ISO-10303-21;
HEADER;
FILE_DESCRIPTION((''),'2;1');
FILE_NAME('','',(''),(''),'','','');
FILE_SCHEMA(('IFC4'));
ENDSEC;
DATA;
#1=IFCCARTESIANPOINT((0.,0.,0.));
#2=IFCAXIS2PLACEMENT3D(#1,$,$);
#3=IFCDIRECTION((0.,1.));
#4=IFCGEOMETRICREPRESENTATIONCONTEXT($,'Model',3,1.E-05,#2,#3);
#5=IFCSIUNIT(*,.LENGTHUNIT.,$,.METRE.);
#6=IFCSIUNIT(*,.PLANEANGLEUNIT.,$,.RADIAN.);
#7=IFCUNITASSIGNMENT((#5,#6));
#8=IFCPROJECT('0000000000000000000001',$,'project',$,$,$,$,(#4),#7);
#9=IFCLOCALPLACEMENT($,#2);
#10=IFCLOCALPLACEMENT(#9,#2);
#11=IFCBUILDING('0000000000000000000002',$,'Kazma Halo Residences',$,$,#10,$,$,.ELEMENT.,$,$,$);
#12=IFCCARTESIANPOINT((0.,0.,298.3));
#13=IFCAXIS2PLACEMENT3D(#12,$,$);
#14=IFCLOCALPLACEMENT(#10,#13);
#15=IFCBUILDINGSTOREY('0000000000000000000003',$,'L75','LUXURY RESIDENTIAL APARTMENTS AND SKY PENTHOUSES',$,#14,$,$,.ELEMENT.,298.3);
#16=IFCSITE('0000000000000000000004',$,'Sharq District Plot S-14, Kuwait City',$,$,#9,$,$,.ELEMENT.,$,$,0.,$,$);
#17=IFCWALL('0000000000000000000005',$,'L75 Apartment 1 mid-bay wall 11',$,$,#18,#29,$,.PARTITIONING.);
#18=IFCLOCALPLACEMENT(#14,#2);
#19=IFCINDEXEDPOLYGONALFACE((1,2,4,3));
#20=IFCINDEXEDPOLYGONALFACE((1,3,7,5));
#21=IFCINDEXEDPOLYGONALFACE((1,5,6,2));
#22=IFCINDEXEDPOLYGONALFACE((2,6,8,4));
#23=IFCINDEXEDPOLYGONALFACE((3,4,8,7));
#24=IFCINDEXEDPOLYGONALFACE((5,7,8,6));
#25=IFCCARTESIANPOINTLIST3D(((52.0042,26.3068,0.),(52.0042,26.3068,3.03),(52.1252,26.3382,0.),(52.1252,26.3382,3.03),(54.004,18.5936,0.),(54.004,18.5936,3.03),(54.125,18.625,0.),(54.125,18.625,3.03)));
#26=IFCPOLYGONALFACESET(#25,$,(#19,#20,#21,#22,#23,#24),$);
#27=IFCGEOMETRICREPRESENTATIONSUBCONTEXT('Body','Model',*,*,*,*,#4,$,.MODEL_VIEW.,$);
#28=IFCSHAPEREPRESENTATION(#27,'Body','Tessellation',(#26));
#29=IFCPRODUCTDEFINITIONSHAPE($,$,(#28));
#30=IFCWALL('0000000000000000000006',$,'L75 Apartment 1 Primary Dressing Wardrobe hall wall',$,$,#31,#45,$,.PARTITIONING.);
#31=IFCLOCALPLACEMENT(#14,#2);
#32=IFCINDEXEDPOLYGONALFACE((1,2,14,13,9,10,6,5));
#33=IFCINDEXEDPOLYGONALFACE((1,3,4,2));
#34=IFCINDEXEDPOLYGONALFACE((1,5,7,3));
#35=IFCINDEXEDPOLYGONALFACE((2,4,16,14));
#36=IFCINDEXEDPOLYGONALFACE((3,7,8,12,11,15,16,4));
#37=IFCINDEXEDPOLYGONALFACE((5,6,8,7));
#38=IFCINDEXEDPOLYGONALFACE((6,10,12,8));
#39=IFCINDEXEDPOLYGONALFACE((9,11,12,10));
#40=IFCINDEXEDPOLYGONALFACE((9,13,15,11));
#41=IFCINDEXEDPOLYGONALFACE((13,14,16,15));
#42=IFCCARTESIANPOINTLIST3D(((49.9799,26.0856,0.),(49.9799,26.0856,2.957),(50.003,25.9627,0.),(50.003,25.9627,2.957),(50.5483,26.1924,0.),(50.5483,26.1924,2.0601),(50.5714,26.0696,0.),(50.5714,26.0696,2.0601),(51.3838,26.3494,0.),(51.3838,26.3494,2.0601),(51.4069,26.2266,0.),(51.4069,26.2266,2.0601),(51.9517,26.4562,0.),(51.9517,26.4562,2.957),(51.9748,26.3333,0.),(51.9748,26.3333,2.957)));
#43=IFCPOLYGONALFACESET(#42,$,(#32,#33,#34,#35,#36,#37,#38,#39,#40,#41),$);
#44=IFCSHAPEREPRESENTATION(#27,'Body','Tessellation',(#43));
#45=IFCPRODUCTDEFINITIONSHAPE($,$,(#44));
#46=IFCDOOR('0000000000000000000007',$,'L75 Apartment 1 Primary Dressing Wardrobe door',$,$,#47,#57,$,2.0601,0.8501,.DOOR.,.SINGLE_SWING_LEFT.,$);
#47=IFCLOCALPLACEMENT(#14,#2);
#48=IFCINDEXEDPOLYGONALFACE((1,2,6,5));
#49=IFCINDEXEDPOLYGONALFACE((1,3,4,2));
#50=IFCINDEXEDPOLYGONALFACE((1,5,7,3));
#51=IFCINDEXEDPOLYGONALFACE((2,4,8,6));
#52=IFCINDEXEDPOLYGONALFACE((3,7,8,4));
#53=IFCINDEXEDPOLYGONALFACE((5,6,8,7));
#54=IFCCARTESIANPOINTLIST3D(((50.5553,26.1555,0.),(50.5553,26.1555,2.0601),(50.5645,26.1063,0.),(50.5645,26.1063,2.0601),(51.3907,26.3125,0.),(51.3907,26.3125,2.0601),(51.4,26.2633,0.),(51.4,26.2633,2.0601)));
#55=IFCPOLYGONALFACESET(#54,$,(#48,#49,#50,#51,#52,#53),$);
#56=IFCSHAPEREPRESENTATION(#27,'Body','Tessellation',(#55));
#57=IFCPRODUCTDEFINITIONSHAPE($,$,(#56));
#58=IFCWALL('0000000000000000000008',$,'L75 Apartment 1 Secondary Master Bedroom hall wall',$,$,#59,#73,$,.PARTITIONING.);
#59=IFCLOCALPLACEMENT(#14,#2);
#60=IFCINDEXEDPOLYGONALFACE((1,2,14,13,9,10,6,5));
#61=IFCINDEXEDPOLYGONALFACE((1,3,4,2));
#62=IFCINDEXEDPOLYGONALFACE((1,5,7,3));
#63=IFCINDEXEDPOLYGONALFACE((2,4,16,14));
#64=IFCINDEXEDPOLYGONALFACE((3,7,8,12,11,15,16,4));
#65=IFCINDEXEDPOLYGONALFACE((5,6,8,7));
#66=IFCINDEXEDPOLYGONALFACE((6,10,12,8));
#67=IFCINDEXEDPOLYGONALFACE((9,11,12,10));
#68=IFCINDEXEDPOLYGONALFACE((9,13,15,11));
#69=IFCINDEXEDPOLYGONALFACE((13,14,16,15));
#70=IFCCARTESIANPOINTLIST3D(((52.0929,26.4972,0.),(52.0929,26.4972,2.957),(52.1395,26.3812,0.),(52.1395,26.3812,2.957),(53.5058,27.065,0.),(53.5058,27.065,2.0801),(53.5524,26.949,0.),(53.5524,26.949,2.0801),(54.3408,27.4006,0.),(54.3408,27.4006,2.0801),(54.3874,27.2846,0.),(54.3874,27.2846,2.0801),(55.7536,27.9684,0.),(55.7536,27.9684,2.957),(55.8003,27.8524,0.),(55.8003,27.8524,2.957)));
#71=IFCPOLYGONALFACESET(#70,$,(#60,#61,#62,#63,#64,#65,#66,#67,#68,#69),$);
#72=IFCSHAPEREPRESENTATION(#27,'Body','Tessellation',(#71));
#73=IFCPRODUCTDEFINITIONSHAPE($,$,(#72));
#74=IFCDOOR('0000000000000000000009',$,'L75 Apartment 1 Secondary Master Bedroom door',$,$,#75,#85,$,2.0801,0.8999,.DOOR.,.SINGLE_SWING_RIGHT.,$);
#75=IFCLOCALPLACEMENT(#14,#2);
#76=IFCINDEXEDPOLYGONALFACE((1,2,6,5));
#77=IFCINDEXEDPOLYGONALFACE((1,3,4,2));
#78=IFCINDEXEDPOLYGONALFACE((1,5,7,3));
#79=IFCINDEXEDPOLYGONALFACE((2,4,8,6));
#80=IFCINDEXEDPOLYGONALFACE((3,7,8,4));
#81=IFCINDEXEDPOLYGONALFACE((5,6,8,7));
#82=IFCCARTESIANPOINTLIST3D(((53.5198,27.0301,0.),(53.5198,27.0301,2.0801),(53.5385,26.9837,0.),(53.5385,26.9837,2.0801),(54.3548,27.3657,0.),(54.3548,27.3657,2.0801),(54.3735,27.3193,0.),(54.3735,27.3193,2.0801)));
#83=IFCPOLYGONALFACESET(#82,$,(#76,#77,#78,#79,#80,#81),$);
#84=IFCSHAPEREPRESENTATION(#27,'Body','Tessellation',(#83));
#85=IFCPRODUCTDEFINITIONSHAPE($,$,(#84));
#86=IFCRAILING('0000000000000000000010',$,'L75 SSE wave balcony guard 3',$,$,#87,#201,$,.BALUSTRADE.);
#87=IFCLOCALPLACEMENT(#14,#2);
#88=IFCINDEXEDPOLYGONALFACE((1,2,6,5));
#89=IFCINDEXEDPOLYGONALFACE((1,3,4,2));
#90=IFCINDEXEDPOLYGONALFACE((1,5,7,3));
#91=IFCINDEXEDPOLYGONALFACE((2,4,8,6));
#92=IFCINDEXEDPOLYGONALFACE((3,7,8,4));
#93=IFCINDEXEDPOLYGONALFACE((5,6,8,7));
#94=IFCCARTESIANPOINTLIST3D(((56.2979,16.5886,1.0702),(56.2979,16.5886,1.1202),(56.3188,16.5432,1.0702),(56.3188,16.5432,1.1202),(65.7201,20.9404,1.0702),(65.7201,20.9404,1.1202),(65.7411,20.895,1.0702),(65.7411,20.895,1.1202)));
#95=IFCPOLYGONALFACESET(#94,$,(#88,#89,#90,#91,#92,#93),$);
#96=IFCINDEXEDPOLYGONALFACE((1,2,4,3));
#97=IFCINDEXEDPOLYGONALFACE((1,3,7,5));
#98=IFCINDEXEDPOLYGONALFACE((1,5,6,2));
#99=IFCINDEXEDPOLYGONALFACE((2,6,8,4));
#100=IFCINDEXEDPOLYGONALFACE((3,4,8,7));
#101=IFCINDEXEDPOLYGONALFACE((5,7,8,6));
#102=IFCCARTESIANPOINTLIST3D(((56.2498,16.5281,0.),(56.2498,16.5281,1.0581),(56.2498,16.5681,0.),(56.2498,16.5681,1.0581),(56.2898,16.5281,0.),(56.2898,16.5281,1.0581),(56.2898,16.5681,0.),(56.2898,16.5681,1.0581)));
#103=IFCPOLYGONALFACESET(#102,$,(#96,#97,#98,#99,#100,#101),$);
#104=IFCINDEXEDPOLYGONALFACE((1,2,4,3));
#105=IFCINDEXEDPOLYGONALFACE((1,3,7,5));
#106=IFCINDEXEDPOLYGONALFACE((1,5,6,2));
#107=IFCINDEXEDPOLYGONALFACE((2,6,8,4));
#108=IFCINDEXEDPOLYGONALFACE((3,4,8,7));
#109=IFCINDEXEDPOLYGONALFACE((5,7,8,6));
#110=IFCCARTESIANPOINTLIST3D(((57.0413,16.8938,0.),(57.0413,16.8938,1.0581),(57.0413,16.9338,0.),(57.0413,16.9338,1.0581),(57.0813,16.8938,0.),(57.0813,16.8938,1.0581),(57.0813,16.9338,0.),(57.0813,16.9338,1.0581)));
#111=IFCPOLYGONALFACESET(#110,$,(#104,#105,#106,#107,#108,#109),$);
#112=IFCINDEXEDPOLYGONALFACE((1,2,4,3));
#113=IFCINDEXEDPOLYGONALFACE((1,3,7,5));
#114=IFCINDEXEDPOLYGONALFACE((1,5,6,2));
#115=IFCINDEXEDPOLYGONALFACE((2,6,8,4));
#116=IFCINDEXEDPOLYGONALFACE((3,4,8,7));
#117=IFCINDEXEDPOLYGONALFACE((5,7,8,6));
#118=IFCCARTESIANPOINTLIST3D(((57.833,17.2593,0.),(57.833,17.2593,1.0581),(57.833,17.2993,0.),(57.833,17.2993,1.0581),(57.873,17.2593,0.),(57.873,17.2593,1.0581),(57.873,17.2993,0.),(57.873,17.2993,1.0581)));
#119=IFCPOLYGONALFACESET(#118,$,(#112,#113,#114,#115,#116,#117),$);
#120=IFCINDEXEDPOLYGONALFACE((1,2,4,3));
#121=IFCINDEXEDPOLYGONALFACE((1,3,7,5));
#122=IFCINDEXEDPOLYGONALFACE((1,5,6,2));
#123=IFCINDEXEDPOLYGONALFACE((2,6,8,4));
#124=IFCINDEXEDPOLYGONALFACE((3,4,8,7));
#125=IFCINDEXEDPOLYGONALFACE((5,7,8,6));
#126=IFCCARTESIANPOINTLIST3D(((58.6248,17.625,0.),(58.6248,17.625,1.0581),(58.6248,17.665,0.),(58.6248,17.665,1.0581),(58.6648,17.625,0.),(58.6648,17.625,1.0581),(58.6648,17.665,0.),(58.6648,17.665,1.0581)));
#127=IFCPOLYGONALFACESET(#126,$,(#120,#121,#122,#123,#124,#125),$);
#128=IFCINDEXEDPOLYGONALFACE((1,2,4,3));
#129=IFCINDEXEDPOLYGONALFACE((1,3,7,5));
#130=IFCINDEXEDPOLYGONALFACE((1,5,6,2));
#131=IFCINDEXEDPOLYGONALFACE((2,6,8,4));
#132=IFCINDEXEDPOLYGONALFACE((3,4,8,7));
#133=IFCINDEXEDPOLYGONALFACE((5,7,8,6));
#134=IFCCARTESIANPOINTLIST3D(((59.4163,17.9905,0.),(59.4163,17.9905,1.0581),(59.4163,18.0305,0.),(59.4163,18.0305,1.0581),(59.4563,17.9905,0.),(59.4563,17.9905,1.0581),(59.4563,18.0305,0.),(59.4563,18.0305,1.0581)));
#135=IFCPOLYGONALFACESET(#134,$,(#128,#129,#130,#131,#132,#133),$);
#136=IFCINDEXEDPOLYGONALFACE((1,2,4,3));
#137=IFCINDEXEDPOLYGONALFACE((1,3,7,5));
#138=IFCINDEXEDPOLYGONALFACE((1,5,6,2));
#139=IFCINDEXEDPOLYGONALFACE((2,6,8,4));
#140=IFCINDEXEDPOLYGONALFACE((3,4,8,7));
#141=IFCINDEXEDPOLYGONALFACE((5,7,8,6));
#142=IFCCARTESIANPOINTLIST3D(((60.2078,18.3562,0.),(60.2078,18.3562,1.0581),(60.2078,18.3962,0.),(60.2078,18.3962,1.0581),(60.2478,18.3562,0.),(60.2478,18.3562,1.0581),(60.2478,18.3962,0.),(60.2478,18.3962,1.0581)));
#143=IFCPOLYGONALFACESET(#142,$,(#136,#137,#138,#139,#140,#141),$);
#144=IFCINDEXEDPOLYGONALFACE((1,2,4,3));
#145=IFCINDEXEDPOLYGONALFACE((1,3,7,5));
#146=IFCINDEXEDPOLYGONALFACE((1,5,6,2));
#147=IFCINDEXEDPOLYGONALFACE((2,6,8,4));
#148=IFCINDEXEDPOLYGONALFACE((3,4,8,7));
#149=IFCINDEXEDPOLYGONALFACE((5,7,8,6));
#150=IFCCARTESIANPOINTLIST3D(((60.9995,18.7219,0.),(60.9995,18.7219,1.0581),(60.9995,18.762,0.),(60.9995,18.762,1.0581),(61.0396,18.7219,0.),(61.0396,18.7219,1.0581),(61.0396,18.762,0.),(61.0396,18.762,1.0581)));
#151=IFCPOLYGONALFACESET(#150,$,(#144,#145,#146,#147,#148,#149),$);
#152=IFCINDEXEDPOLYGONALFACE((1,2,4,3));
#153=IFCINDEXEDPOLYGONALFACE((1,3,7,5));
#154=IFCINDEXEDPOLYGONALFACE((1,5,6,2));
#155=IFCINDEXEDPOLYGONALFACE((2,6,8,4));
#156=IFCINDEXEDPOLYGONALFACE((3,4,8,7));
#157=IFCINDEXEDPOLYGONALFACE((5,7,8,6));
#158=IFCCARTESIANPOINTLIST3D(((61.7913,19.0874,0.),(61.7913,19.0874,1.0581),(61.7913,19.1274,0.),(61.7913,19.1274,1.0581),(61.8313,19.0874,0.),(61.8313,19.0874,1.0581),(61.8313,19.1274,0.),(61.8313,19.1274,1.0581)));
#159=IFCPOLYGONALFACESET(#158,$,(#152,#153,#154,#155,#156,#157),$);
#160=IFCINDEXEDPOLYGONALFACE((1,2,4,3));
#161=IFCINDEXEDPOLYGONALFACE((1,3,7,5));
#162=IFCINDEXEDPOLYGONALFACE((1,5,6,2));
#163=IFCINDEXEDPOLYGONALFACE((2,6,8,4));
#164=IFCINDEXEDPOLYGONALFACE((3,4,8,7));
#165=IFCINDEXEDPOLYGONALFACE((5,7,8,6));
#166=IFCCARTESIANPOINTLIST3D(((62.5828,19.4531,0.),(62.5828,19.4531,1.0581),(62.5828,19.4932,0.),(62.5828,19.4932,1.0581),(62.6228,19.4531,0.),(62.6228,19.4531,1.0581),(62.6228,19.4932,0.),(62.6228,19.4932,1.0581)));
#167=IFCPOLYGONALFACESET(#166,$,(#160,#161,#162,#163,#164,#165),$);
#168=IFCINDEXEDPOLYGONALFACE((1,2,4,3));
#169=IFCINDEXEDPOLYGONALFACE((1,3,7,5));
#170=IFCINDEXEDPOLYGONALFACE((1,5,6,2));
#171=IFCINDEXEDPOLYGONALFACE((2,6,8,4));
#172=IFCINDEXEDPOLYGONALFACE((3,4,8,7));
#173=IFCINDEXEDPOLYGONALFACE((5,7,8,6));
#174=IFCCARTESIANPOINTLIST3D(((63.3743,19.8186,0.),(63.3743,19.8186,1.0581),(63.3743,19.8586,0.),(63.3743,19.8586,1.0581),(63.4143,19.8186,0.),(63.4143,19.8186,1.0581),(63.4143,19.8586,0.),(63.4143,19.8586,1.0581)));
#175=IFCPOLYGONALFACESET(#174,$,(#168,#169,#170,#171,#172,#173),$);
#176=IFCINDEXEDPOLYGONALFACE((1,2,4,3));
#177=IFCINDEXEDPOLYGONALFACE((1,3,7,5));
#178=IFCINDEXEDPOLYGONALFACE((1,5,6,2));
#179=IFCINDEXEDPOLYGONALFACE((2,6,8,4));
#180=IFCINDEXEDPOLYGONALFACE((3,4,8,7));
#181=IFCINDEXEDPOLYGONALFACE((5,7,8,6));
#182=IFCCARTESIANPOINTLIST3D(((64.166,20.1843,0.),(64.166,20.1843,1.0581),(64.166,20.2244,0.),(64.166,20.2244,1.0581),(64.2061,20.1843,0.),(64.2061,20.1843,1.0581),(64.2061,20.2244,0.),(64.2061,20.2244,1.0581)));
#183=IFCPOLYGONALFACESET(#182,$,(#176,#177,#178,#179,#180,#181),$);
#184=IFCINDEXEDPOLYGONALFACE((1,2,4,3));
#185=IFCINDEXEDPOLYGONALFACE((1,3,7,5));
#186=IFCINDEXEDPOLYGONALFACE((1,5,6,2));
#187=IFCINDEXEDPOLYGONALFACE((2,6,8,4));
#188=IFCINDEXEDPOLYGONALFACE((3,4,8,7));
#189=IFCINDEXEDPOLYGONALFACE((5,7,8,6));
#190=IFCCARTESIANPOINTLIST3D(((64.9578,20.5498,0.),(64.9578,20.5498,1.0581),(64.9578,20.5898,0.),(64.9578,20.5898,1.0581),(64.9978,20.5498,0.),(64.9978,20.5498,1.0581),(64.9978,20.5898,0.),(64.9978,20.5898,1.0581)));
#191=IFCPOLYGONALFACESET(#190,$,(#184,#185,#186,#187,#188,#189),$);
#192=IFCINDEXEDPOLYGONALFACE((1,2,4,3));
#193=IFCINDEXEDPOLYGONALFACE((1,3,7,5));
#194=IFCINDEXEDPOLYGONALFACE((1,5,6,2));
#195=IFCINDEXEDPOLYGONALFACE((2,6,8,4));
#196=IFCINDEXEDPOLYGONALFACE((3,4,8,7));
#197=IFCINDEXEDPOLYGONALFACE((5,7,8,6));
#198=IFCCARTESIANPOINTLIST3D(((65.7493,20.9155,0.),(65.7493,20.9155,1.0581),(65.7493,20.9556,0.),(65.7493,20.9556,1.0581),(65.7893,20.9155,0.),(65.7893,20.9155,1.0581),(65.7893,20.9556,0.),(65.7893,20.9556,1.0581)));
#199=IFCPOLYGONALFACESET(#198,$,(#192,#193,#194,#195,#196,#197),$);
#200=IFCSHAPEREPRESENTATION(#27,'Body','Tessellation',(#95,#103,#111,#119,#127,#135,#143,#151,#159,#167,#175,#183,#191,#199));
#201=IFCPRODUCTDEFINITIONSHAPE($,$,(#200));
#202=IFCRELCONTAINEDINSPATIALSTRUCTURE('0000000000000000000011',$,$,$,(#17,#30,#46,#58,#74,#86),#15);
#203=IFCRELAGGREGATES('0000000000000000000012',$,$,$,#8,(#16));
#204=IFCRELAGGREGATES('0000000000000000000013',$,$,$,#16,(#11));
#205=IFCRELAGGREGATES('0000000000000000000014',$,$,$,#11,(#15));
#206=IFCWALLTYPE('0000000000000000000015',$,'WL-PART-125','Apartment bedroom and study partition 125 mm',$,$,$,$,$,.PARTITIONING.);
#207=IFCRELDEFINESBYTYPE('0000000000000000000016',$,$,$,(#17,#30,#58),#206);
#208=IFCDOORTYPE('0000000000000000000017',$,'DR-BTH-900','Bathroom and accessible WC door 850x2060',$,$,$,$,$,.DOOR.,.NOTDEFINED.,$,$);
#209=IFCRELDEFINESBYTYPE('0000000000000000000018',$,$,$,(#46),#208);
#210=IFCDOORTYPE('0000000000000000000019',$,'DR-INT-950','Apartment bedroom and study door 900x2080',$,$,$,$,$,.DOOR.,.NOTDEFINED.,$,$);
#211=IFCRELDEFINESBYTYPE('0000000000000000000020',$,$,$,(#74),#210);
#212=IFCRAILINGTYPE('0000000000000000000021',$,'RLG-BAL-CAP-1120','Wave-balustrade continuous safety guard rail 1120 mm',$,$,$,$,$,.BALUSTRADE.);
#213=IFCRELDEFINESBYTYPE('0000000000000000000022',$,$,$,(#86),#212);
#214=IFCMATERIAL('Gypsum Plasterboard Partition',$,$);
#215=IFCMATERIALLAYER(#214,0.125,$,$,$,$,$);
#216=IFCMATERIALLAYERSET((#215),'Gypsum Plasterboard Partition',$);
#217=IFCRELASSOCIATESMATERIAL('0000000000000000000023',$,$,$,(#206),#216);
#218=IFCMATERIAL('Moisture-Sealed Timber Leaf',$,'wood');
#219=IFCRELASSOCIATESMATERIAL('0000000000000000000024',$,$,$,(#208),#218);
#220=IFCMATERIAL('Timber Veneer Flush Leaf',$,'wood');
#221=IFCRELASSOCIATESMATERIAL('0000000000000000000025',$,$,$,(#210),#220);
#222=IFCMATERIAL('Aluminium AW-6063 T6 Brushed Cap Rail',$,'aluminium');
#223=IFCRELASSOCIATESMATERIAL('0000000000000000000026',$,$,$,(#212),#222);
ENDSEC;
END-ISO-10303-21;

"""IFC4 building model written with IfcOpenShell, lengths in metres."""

from ifc_helpers import new_model, si_unit, direction, frame, frame_2d, origin, origin_2d, place, context, subcontext, project, spatial, rectangle, extrude, material, layer, layer_set, type_object, element, fill, save


model = new_model("IFC4")

# Units and contexts
model_context = context("Model", 3, precision=1e-05, world=origin(), true_north=direction((0.0, 1.0)))
body_context = subcontext(model_context, "Body", "Model", "MODEL_VIEW")
ifc_project = project(units=[si_unit("LENGTHUNIT", "METRE"), si_unit("PLANEANGLEUNIT", "RADIAN")], contexts=[model_context])

# Site, building, storey
site_placement = place(None, origin())
site = spatial("IfcSite", under=ifc_project, at=site_placement, Name="Sharq District Plot S-14, Kuwait City", CompositionType="ELEMENT", RefElevation=0.0)
building_placement = place(site_placement, origin())
building = spatial("IfcBuilding", under=site, at=building_placement, Name="Kazma Halo Residences", CompositionType="ELEMENT")
storey_placement = place(building_placement, frame((0.0, 0.0, 298.3)))
storey = spatial("IfcBuildingStorey", under=building, at=storey_placement, Name="L75", Description="LUXURY RESIDENTIAL APARTMENTS AND SKY PENTHOUSES", CompositionType="ELEMENT", Elevation=298.3)

# Wall
ifc_material_1 = material(Name="Gypsum Plasterboard Partition")
ifc_layer_1 = layer(ifc_material_1, 0.125)
ifc_layer_set_1 = layer_set([ifc_layer_1], Name="Gypsum Plasterboard Partition")
wall_type_1 = type_object("IfcWallType", Name="WL-PART-125", Description="Apartment bedroom and study partition 125 mm", PredefinedType="PARTITIONING", material=ifc_layer_set_1)
wall_1_placement = place(storey_placement, frame((52.0647, 26.3225, 0.0), z_axis=(0.0, 0.0, 1.0), x_axis=(0.250969, -0.967995, 0.0)))
element("IfcWall", 1, at=wall_1_placement, inside=storey, type_object=wall_type_1, Name="L75 Apartment 1 mid-bay wall 11", PredefinedType="PARTITIONING", context=body_context, shape_type="SweptSolid", body=[
    extrude(rectangle(XDim=7.9683, YDim=0.125, at=frame_2d((3.9841, 0.0))), origin(), (0.0, 0.0, 1.0), 3.03),
])

# Walls, openings, doors
wall_2_placement = place(storey_placement, frame((49.9915, 26.0242, 0.0), z_axis=(0.0, 0.0, 1.0), x_axis=(0.982794, 0.184707, 0.0)))
wall_2 = element("IfcWall", 2, at=wall_2_placement, inside=storey, type_object=wall_type_1, Name="L75 Apartment 1 Primary Dressing Wardrobe hall wall", PredefinedType="PARTITIONING", context=body_context, shape_type="SweptSolid", body=[
    extrude(rectangle(XDim=2.0063, YDim=0.125, at=frame_2d((1.0032, 0.0))), origin(), (0.0, 0.0, 1.0), 2.957),
])
opening_1_placement = place(wall_2_placement, frame((0.5784, 0.0, 0.0)))
opening_1 = element("IfcOpeningElement", 3, at=opening_1_placement, cuts=wall_2, PredefinedType="OPENING", context=body_context, shape_type="SweptSolid", body=[
    extrude(rectangle(XDim=0.8501, YDim=2.0601, at=frame_2d((0.425, 1.03))), frame((0.0, 0.0725, 0.0), z_axis=(0.0, -1.0, 0.0), x_axis=(1.0, 0.0, 0.0)), (0.0, 0.0, 1.0), 0.145),
])
ifc_material_2 = material(Name="Moisture-Sealed Timber Leaf", Category="wood")
door_type_1 = type_object("IfcDoorType", Name="DR-BTH-900", Description="Bathroom and accessible WC door 850x2060", OperationType="NOTDEFINED", PredefinedType="DOOR", material=ifc_material_2)
door_1_placement = place(opening_1_placement, origin())
door_1 = element("IfcDoor", 4, at=door_1_placement, inside=storey, type_object=door_type_1, Name="L75 Apartment 1 Primary Dressing Wardrobe door", OperationType="SINGLE_SWING_LEFT", OverallHeight=2.0601, OverallWidth=0.8501, PredefinedType="DOOR", context=body_context, shape_type="SweptSolid", body=[
    extrude(rectangle(XDim=0.8501, YDim=2.0601, at=frame_2d((0.425, 1.03))), frame((0.0, 0.0249, 0.0), z_axis=(0.0, -1.0, 0.0), x_axis=(1.0, 0.0, 0.0)), (0.0, 0.0, 1.0), 0.05),
])
fill(opening_1, door_1)
wall_3_placement = place(storey_placement, frame((52.1162, 26.4392, 0.0), z_axis=(0.0, 0.0, 1.0), x_axis=(0.927869, 0.372905, 0.0)))
wall_3 = element("IfcWall", 5, at=wall_3_placement, inside=storey, type_object=wall_type_1, Name="L75 Apartment 1 Secondary Master Bedroom hall wall", PredefinedType="PARTITIONING", context=body_context, shape_type="SweptSolid", body=[
    extrude(rectangle(XDim=3.9453, YDim=0.125, at=frame_2d((1.9727, 0.0))), origin(), (0.0, 0.0, 1.0), 2.957),
])
opening_2_placement = place(wall_3_placement, frame((1.5227, 0.0, 0.0)))
opening_2 = element("IfcOpeningElement", 6, at=opening_2_placement, cuts=wall_3, PredefinedType="OPENING", context=body_context, shape_type="SweptSolid", body=[
    extrude(rectangle(XDim=0.8999, YDim=2.0801, at=frame_2d((0.45, 1.04))), frame((0.0, 0.0725, 0.0), z_axis=(0.0, -1.0, 0.0), x_axis=(1.0, 0.0, 0.0)), (0.0, 0.0, 1.0), 0.145),
])
ifc_material_3 = material(Name="Timber Veneer Flush Leaf", Category="wood")
door_type_2 = type_object("IfcDoorType", Name="DR-INT-950", Description="Apartment bedroom and study door 900x2080", OperationType="NOTDEFINED", PredefinedType="DOOR", material=ifc_material_3)
door_2_placement = place(opening_2_placement, origin())
door_2 = element("IfcDoor", 7, at=door_2_placement, inside=storey, type_object=door_type_2, Name="L75 Apartment 1 Secondary Master Bedroom door", OperationType="SINGLE_SWING_RIGHT", OverallHeight=2.0801, OverallWidth=0.8999, PredefinedType="DOOR", context=body_context, shape_type="SweptSolid", body=[
    extrude(rectangle(XDim=0.8999, YDim=2.0801, at=frame_2d((0.45, 1.04))), frame((0.0, 0.0249, 0.0), z_axis=(0.0, -1.0, 0.0), x_axis=(1.0, 0.0, 0.0)), (0.0, 0.0, 1.0), 0.05),
])
fill(opening_2, door_2)

# Railing
ifc_material_4 = material(Name="Aluminium AW-6063 T6 Brushed Cap Rail", Category="aluminium")
railing_type = type_object("IfcRailingType", Name="RLG-BAL-CAP-1120", Description="Wave-balustrade continuous safety guard rail 1120 mm", PredefinedType="BALUSTRADE", material=ifc_material_4)
railing_placement = place(storey_placement, frame((56.2698, 16.5481, 0.0)))
element("IfcRailing", 8, at=railing_placement, inside=storey, type_object=railing_type, Name="L75 SSE wave balcony guard 3", PredefinedType="BALUSTRADE", context=body_context, shape_type="SweptSolid", body=[
    extrude(rectangle(XDim=0.05, YDim=0.05, at=origin_2d()), frame((0.0386, 0.0178, 1.0952), z_axis=(0.907848, 0.419299, 0.0), x_axis=(-0.419299, 0.907848, 0.0)), (0.0, 0.0, 1.0), 10.3787),
    extrude(rectangle(XDim=0.04, YDim=0.04, at=origin_2d()), origin(), (0.0, 0.0, 1.0), 1.0581),
    extrude(rectangle(XDim=0.04, YDim=0.04, at=origin_2d()), frame((0.7915, 0.3657, 0.0)), (0.0, 0.0, 1.0), 1.0581),
    extrude(rectangle(XDim=0.04, YDim=0.04, at=origin_2d()), frame((1.5833, 0.7312, 0.0)), (0.0, 0.0, 1.0), 1.0581),
    extrude(rectangle(XDim=0.04, YDim=0.04, at=origin_2d()), frame((2.375, 1.0969, 0.0)), (0.0, 0.0, 1.0), 1.0581),
    extrude(rectangle(XDim=0.04, YDim=0.04, at=origin_2d()), frame((3.1665, 1.4624, 0.0)), (0.0, 0.0, 1.0), 1.0581),
    extrude(rectangle(XDim=0.04, YDim=0.04, at=origin_2d()), frame((3.958, 1.8281, 0.0)), (0.0, 0.0, 1.0), 1.0581),
    extrude(rectangle(XDim=0.04, YDim=0.04, at=origin_2d()), frame((4.7498, 2.1938, 0.0)), (0.0, 0.0, 1.0), 1.0581),
    extrude(rectangle(XDim=0.04, YDim=0.04, at=origin_2d()), frame((5.5415, 2.5593, 0.0)), (0.0, 0.0, 1.0), 1.0581),
    extrude(rectangle(XDim=0.04, YDim=0.04, at=origin_2d()), frame((6.333, 2.925, 0.0)), (0.0, 0.0, 1.0), 1.0581),
    extrude(rectangle(XDim=0.04, YDim=0.04, at=origin_2d()), frame((7.1245, 3.2905, 0.0)), (0.0, 0.0, 1.0), 1.0581),
    extrude(rectangle(XDim=0.04, YDim=0.04, at=origin_2d()), frame((7.9163, 3.6562, 0.0)), (0.0, 0.0, 1.0), 1.0581),
    extrude(rectangle(XDim=0.04, YDim=0.04, at=origin_2d()), frame((8.708, 4.0217, 0.0)), (0.0, 0.0, 1.0), 1.0581),
    extrude(rectangle(XDim=0.04, YDim=0.04, at=origin_2d()), frame((9.4995, 4.3875, 0.0)), (0.0, 0.0, 1.0), 1.0581),
])

save(model, "model.ifc")
